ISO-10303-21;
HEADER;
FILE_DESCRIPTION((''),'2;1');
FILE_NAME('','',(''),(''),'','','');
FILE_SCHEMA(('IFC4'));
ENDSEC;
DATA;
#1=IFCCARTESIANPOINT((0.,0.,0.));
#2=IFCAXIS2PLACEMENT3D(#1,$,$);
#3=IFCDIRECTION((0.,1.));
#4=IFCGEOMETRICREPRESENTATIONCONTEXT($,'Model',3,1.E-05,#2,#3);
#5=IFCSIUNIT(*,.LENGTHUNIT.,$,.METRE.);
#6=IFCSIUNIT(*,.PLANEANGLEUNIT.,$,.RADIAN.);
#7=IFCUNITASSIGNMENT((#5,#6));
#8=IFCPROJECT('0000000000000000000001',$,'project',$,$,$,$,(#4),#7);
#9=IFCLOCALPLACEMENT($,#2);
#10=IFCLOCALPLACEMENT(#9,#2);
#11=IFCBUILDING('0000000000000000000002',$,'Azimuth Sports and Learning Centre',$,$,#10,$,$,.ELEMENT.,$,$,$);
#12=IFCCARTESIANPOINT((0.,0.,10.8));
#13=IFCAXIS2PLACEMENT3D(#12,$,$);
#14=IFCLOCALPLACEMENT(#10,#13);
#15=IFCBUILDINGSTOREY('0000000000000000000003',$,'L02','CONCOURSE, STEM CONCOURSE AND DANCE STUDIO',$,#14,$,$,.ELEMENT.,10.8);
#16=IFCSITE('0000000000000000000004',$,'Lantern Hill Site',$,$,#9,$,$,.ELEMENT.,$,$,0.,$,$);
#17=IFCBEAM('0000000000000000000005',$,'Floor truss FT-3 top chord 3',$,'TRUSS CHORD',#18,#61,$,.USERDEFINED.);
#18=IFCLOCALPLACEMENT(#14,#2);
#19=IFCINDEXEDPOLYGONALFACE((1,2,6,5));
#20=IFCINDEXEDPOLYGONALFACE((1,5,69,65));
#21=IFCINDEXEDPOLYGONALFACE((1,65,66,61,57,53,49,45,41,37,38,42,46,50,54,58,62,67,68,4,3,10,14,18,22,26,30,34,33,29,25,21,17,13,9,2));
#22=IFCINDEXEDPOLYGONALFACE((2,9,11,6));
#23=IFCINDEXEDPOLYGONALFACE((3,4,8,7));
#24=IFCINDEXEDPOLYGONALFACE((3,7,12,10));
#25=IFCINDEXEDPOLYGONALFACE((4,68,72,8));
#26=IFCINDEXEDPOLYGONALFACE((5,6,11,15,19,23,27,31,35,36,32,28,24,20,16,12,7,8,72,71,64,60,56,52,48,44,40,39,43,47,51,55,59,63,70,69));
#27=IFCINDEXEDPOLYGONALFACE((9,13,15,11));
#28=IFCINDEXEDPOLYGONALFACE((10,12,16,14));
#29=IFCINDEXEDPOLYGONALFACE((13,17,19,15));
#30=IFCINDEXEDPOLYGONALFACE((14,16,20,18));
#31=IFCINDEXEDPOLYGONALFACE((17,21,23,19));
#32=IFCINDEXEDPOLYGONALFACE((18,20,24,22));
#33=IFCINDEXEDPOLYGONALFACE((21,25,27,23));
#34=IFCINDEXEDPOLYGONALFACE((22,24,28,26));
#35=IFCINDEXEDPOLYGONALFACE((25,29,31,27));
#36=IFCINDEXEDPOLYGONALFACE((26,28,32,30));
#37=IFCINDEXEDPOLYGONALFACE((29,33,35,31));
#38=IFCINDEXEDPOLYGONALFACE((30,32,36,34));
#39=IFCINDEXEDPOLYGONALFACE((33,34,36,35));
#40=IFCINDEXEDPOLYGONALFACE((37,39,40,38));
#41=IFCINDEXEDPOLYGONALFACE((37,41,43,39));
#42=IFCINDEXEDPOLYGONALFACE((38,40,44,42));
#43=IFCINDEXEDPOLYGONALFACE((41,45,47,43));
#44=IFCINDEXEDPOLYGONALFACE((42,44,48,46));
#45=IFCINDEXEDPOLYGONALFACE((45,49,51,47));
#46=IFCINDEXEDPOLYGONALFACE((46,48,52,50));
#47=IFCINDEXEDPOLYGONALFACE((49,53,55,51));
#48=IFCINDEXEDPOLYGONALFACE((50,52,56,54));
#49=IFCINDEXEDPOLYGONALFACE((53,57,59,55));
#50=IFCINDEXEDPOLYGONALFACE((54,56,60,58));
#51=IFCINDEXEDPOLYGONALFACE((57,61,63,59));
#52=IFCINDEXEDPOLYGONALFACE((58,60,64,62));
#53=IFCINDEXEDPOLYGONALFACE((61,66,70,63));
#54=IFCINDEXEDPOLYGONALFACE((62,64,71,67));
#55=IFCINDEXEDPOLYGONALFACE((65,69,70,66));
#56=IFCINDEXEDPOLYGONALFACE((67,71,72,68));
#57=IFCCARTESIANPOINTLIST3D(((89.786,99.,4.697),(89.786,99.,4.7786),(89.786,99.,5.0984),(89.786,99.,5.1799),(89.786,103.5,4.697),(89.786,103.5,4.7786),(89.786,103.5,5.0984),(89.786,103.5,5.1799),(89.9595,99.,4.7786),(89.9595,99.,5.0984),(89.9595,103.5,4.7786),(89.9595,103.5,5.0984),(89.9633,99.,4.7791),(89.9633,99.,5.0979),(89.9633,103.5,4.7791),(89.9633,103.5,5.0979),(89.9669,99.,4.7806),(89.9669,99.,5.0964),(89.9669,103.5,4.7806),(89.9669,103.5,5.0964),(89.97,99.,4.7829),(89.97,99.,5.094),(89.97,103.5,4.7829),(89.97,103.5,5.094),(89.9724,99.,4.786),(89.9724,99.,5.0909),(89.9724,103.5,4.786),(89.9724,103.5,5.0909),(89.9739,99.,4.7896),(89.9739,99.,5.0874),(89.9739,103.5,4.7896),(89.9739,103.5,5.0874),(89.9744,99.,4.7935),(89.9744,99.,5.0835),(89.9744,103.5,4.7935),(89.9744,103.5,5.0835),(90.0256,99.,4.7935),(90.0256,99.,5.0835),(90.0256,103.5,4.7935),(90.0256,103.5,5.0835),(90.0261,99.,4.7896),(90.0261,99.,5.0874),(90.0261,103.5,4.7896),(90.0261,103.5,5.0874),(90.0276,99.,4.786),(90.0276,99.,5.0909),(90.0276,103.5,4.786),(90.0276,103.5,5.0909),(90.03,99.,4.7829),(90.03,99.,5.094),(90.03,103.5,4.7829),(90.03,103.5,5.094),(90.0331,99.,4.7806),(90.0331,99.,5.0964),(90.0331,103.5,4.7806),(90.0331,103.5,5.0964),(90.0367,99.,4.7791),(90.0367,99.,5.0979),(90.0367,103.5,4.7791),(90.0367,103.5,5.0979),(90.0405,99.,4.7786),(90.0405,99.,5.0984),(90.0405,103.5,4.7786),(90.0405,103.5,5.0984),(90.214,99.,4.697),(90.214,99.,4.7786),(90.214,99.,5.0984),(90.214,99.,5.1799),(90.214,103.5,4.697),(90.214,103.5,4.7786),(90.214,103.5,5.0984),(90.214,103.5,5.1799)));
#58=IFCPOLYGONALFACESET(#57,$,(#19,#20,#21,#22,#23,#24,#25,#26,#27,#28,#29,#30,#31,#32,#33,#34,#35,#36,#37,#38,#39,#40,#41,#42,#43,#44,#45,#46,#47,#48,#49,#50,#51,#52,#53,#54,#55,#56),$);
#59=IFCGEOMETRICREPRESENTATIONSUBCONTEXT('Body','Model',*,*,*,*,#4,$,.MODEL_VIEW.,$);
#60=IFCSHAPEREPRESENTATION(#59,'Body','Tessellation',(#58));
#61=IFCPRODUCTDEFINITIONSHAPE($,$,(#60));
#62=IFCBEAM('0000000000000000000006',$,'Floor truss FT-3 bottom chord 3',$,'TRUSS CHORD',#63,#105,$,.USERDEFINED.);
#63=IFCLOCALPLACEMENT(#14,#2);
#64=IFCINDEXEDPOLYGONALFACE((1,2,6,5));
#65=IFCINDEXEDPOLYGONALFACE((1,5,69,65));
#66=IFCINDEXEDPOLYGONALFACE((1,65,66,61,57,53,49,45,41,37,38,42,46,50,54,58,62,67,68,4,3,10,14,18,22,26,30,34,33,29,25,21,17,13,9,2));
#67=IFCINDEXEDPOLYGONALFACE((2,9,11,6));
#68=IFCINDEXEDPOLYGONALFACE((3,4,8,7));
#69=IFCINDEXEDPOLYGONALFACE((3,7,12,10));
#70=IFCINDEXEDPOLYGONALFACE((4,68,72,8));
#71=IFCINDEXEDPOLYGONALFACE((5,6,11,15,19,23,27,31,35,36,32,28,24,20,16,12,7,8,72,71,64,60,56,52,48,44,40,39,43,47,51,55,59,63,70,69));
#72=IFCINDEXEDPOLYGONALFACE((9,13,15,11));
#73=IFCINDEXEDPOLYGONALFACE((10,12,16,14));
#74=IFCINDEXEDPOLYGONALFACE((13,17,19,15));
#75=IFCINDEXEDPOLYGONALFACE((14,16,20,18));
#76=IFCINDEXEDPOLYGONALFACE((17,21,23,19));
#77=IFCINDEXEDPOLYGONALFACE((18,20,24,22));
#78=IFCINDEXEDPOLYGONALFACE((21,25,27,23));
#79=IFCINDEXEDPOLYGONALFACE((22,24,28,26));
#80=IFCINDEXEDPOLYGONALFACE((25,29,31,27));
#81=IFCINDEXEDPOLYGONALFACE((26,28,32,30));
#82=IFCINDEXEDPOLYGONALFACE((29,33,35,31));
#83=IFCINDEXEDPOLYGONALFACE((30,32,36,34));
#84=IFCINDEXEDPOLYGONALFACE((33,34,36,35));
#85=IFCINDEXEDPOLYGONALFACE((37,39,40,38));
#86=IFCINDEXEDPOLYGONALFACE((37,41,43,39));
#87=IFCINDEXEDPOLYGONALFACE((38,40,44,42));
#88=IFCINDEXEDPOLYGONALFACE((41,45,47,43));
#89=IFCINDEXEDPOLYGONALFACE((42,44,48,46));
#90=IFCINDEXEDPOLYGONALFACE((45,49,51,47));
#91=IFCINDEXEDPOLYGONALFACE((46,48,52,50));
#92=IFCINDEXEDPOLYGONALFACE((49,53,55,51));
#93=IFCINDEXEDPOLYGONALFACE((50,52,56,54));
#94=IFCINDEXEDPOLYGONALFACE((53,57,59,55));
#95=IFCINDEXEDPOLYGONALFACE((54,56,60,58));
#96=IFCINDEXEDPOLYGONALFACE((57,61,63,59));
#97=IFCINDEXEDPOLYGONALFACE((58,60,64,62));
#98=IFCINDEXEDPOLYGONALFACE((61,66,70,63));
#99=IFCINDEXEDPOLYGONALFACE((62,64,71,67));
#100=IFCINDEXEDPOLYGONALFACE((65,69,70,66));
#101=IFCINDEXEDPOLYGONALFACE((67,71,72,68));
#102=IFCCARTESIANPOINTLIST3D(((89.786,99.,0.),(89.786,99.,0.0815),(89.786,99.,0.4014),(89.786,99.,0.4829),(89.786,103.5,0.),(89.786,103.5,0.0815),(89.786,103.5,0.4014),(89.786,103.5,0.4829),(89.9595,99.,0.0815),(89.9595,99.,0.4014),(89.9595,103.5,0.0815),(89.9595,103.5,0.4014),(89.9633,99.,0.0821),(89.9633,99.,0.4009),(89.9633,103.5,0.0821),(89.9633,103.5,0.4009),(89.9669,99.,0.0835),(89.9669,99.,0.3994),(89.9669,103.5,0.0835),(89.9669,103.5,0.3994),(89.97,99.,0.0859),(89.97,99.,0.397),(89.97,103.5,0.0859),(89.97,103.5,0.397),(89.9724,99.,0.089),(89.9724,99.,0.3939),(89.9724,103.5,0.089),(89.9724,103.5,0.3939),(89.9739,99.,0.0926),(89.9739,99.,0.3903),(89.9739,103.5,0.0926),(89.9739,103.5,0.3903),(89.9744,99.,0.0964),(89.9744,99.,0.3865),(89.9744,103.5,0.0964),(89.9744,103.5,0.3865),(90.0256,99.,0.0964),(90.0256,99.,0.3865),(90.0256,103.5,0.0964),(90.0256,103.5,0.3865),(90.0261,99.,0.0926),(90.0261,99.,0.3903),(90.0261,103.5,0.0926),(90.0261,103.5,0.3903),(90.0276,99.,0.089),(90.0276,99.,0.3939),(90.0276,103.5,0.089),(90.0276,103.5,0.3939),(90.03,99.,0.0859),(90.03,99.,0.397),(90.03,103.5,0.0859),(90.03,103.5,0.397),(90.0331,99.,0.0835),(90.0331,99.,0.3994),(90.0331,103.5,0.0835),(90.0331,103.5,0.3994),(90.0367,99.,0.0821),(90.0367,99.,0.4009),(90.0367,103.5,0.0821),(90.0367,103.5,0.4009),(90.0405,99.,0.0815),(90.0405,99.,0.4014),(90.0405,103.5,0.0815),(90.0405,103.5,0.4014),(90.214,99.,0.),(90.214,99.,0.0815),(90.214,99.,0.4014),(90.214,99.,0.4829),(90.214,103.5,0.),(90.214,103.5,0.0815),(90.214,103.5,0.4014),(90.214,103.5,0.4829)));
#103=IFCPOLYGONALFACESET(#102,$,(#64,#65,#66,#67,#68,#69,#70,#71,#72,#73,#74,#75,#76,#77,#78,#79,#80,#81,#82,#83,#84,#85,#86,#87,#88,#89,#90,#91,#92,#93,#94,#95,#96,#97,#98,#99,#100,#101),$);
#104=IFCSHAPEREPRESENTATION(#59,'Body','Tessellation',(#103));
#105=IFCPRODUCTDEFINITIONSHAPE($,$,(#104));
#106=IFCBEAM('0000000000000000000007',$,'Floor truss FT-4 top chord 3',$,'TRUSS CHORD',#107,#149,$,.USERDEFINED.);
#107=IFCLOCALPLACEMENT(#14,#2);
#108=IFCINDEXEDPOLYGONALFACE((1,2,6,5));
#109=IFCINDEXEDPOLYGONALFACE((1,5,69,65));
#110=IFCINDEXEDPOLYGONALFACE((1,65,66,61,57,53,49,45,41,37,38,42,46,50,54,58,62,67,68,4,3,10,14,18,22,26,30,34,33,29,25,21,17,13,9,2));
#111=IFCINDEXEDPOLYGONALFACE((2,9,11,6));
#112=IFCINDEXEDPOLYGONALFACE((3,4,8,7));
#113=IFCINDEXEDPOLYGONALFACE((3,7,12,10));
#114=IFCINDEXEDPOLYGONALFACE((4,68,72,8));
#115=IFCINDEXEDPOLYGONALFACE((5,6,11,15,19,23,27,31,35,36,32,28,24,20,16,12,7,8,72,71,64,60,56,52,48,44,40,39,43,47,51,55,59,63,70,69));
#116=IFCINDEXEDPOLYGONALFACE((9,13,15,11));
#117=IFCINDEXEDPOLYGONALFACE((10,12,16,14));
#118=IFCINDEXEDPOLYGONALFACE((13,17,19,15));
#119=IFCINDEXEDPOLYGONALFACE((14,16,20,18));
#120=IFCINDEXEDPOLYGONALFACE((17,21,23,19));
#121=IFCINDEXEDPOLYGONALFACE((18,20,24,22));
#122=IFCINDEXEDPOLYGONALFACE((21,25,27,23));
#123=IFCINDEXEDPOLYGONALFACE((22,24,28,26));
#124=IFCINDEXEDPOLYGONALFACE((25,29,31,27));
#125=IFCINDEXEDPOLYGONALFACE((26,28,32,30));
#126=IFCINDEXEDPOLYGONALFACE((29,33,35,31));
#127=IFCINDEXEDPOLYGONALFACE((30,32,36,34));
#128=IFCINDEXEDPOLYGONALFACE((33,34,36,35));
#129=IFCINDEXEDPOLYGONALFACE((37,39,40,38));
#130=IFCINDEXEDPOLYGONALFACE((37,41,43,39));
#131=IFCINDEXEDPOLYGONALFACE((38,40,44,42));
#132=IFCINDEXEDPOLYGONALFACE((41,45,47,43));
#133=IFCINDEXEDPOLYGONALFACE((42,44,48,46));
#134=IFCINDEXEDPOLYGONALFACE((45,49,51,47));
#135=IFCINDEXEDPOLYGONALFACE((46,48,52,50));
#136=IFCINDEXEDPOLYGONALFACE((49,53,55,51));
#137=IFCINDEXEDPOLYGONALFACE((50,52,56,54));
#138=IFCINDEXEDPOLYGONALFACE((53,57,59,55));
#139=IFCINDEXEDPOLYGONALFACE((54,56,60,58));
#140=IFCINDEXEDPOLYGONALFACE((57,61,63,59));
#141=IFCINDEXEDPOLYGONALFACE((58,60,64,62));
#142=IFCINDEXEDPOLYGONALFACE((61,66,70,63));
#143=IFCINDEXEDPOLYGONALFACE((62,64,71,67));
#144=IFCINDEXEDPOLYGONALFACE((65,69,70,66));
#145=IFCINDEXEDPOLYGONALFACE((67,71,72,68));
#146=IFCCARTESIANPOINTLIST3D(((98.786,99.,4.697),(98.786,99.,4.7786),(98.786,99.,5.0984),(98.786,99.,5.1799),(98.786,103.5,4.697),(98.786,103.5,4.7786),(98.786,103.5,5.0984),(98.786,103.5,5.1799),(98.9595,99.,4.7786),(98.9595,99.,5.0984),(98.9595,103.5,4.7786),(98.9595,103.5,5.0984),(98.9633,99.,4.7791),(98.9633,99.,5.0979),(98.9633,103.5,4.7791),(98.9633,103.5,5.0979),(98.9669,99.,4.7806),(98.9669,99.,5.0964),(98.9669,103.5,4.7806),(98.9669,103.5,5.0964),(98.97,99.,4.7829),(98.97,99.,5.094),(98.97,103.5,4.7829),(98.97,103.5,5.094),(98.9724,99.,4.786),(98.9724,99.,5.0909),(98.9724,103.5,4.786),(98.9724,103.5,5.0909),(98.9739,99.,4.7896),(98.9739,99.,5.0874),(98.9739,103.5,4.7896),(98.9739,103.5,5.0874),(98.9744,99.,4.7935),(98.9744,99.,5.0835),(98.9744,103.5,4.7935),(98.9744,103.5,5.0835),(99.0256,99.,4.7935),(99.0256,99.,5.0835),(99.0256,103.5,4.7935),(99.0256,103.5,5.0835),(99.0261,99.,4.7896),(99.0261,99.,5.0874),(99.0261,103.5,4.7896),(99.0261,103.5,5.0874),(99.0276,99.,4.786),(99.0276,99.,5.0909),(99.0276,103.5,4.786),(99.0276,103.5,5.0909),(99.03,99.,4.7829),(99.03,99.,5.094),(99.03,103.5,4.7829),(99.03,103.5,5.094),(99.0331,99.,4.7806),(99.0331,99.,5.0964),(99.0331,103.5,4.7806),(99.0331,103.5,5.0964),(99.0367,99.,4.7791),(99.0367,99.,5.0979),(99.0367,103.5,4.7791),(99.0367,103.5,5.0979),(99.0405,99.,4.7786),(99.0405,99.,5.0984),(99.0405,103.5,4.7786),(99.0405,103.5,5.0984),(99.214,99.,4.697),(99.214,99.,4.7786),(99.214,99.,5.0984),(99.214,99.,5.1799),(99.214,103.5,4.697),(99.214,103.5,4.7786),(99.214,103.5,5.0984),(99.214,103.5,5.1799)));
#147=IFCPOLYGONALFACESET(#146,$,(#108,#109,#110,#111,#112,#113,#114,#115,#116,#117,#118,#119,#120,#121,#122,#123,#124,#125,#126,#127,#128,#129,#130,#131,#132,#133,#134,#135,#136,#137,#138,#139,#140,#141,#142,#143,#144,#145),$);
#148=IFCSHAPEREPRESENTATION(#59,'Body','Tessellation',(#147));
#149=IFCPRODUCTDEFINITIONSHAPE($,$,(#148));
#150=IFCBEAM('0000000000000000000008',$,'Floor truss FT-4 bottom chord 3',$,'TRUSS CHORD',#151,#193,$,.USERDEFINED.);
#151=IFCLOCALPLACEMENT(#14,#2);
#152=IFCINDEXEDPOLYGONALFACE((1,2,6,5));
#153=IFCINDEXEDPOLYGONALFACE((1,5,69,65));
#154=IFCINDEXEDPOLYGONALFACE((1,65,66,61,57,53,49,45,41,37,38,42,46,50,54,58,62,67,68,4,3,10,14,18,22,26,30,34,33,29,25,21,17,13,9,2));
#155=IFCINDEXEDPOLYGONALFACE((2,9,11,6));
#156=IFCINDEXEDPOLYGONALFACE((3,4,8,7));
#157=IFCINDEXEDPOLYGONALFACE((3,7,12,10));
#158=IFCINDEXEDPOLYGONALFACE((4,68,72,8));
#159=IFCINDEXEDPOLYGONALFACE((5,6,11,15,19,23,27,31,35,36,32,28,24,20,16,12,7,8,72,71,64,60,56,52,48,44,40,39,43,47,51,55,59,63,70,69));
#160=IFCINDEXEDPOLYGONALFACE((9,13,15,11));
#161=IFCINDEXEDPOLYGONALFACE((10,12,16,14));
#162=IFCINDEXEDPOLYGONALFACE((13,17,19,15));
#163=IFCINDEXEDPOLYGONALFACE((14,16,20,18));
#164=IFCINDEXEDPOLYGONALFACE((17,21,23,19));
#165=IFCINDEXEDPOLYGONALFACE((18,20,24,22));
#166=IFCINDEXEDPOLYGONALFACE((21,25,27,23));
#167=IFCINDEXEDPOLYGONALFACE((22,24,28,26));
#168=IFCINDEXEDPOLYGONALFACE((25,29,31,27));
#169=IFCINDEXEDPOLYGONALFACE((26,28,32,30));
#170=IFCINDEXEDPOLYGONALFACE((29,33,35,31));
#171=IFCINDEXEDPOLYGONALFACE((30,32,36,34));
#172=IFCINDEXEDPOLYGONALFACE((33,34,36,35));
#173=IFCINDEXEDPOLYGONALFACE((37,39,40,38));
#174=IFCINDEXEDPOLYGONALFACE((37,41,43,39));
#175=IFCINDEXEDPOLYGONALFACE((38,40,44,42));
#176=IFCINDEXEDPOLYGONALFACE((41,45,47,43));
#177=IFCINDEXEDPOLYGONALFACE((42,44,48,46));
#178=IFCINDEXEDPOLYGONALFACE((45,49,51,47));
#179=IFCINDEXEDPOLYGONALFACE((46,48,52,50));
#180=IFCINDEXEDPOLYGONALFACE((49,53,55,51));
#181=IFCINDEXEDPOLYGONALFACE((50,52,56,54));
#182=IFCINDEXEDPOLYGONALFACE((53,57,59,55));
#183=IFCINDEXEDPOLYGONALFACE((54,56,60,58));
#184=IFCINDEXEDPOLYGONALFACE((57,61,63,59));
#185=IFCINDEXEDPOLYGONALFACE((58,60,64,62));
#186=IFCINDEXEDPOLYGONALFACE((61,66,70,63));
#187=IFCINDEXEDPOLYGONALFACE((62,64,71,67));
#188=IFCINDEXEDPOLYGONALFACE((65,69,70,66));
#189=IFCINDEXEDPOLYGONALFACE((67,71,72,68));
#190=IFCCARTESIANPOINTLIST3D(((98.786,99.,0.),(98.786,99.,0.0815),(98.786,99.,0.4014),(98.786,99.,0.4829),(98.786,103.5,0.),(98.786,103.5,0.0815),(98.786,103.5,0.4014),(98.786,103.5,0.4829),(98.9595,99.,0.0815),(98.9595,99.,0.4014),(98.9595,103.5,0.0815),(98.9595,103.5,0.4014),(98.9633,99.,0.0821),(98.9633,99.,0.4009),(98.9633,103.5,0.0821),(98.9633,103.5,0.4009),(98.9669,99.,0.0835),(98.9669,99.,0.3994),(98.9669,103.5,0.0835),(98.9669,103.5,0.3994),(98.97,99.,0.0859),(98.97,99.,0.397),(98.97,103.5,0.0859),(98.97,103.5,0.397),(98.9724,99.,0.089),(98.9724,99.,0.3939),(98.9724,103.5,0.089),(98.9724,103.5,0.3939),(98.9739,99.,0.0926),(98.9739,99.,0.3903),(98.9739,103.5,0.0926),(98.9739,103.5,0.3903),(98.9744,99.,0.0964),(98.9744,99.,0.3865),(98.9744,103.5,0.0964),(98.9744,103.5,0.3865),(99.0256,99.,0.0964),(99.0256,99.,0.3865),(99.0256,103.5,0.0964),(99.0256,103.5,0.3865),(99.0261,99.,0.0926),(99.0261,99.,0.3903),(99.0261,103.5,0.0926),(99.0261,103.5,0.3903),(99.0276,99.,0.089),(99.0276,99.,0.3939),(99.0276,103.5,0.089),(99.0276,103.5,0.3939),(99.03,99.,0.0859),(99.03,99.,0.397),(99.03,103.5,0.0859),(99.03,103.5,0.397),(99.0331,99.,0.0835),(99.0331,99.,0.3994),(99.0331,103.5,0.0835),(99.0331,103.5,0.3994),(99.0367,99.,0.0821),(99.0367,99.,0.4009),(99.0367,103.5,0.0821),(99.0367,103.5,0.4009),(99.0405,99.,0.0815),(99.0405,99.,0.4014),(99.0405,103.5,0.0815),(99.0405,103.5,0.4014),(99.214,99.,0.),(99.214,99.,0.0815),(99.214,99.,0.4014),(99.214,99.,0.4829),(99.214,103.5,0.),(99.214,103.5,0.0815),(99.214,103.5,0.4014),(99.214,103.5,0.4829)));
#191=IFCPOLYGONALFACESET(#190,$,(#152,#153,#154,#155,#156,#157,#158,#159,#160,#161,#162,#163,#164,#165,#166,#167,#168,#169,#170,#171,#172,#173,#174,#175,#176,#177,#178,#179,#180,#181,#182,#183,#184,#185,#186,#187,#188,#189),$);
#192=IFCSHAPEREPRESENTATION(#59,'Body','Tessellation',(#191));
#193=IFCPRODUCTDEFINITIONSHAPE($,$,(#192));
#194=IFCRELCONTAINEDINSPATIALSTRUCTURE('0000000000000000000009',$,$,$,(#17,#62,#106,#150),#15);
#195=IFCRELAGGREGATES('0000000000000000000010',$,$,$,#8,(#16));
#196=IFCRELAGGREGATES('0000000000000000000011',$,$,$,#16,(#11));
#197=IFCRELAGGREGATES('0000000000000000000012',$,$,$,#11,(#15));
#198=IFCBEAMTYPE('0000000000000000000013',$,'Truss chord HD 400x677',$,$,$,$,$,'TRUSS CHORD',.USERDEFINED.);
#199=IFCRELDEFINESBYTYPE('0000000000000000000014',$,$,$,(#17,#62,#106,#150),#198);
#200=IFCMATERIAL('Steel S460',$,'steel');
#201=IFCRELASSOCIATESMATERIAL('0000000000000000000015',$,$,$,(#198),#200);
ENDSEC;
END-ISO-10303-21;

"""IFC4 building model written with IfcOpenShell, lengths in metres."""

from ifc_helpers import new_model, si_unit, direction, frame, origin, origin_2d, place, context, subcontext, project, spatial, i_section, extrude, material, material_profile, profile_set, type_object, element, save


model = new_model("IFC4")

# Units and contexts
model_context = context("Model", 3, precision=1e-05, world=origin(), true_north=direction((0.0, 1.0)))
body_context = subcontext(model_context, "Body", "Model", "MODEL_VIEW")
ifc_project = project(units=[si_unit("LENGTHUNIT", "METRE"), si_unit("PLANEANGLEUNIT", "RADIAN")], contexts=[model_context])

# Site, building, storey
site_placement = place(None, origin())
site = spatial("IfcSite", under=ifc_project, at=site_placement, Name="Lantern Hill Site", CompositionType="ELEMENT", RefElevation=0.0)
building_placement = place(site_placement, origin())
building = spatial("IfcBuilding", under=site, at=building_placement, Name="Azimuth Sports and Learning Centre", CompositionType="ELEMENT")
storey_placement = place(building_placement, frame((0.0, 0.0, 10.8)))
storey = spatial("IfcBuildingStorey", under=building, at=storey_placement, Name="L02", Description="CONCOURSE, STEM CONCOURSE AND DANCE STUDIO", CompositionType="ELEMENT", Elevation=10.8)

# Beams
ifc_material_1 = material(Name="Steel S460", Category="steel")
ifc_material_profile_1 = material_profile(ifc_material_1, i_section(OverallWidth=0.428, OverallDepth=0.4829, WebThickness=0.0513, FlangeThickness=0.0815, FilletRadius=0.0149, at=origin_2d()), Name="HD 400x677")
ifc_profile_set_1 = profile_set([ifc_material_profile_1], Name="Steel S460")
beam_type_1 = type_object("IfcBeamType", Name="Truss chord HD 400x677", ElementType="TRUSS CHORD", PredefinedType="USERDEFINED", material=ifc_profile_set_1)
for number, where, z_axis, x_axis, name in (
    (1, (90.0, 99.0, 4.9385), (0.0, 1.0, 0.0), (-1.0, 0.0, 0.0), "Floor truss FT-3 top chord 3"),
    (2, (90.0, 99.0, 0.2415), (0.0, 1.0, 0.0), (-1.0, 0.0, 0.0), "Floor truss FT-3 bottom chord 3"),
    (3, (99.0, 99.0, 4.9385), (0.0, 1.0, 0.0), (-1.0, 0.0, 0.0), "Floor truss FT-4 top chord 3"),
    (4, (99.0, 99.0, 0.2415), (0.0, 1.0, 0.0), (-1.0, 0.0, 0.0), "Floor truss FT-4 bottom chord 3"),
):
    element("IfcBeam", number, at=place(storey_placement, frame(where, z_axis=z_axis, x_axis=x_axis)), inside=storey, type_object=beam_type_1, Name=name, ObjectType="TRUSS CHORD", PredefinedType="USERDEFINED", context=body_context, shape_type="SweptSolid", body=[
        extrude(i_section(OverallWidth=0.428, OverallDepth=0.4829, WebThickness=0.0513, FlangeThickness=0.0815, FilletRadius=0.0149, at=origin_2d()), origin(), (0.0, 0.0, 1.0), 4.5),
    ])

save(model, "model.ifc")
